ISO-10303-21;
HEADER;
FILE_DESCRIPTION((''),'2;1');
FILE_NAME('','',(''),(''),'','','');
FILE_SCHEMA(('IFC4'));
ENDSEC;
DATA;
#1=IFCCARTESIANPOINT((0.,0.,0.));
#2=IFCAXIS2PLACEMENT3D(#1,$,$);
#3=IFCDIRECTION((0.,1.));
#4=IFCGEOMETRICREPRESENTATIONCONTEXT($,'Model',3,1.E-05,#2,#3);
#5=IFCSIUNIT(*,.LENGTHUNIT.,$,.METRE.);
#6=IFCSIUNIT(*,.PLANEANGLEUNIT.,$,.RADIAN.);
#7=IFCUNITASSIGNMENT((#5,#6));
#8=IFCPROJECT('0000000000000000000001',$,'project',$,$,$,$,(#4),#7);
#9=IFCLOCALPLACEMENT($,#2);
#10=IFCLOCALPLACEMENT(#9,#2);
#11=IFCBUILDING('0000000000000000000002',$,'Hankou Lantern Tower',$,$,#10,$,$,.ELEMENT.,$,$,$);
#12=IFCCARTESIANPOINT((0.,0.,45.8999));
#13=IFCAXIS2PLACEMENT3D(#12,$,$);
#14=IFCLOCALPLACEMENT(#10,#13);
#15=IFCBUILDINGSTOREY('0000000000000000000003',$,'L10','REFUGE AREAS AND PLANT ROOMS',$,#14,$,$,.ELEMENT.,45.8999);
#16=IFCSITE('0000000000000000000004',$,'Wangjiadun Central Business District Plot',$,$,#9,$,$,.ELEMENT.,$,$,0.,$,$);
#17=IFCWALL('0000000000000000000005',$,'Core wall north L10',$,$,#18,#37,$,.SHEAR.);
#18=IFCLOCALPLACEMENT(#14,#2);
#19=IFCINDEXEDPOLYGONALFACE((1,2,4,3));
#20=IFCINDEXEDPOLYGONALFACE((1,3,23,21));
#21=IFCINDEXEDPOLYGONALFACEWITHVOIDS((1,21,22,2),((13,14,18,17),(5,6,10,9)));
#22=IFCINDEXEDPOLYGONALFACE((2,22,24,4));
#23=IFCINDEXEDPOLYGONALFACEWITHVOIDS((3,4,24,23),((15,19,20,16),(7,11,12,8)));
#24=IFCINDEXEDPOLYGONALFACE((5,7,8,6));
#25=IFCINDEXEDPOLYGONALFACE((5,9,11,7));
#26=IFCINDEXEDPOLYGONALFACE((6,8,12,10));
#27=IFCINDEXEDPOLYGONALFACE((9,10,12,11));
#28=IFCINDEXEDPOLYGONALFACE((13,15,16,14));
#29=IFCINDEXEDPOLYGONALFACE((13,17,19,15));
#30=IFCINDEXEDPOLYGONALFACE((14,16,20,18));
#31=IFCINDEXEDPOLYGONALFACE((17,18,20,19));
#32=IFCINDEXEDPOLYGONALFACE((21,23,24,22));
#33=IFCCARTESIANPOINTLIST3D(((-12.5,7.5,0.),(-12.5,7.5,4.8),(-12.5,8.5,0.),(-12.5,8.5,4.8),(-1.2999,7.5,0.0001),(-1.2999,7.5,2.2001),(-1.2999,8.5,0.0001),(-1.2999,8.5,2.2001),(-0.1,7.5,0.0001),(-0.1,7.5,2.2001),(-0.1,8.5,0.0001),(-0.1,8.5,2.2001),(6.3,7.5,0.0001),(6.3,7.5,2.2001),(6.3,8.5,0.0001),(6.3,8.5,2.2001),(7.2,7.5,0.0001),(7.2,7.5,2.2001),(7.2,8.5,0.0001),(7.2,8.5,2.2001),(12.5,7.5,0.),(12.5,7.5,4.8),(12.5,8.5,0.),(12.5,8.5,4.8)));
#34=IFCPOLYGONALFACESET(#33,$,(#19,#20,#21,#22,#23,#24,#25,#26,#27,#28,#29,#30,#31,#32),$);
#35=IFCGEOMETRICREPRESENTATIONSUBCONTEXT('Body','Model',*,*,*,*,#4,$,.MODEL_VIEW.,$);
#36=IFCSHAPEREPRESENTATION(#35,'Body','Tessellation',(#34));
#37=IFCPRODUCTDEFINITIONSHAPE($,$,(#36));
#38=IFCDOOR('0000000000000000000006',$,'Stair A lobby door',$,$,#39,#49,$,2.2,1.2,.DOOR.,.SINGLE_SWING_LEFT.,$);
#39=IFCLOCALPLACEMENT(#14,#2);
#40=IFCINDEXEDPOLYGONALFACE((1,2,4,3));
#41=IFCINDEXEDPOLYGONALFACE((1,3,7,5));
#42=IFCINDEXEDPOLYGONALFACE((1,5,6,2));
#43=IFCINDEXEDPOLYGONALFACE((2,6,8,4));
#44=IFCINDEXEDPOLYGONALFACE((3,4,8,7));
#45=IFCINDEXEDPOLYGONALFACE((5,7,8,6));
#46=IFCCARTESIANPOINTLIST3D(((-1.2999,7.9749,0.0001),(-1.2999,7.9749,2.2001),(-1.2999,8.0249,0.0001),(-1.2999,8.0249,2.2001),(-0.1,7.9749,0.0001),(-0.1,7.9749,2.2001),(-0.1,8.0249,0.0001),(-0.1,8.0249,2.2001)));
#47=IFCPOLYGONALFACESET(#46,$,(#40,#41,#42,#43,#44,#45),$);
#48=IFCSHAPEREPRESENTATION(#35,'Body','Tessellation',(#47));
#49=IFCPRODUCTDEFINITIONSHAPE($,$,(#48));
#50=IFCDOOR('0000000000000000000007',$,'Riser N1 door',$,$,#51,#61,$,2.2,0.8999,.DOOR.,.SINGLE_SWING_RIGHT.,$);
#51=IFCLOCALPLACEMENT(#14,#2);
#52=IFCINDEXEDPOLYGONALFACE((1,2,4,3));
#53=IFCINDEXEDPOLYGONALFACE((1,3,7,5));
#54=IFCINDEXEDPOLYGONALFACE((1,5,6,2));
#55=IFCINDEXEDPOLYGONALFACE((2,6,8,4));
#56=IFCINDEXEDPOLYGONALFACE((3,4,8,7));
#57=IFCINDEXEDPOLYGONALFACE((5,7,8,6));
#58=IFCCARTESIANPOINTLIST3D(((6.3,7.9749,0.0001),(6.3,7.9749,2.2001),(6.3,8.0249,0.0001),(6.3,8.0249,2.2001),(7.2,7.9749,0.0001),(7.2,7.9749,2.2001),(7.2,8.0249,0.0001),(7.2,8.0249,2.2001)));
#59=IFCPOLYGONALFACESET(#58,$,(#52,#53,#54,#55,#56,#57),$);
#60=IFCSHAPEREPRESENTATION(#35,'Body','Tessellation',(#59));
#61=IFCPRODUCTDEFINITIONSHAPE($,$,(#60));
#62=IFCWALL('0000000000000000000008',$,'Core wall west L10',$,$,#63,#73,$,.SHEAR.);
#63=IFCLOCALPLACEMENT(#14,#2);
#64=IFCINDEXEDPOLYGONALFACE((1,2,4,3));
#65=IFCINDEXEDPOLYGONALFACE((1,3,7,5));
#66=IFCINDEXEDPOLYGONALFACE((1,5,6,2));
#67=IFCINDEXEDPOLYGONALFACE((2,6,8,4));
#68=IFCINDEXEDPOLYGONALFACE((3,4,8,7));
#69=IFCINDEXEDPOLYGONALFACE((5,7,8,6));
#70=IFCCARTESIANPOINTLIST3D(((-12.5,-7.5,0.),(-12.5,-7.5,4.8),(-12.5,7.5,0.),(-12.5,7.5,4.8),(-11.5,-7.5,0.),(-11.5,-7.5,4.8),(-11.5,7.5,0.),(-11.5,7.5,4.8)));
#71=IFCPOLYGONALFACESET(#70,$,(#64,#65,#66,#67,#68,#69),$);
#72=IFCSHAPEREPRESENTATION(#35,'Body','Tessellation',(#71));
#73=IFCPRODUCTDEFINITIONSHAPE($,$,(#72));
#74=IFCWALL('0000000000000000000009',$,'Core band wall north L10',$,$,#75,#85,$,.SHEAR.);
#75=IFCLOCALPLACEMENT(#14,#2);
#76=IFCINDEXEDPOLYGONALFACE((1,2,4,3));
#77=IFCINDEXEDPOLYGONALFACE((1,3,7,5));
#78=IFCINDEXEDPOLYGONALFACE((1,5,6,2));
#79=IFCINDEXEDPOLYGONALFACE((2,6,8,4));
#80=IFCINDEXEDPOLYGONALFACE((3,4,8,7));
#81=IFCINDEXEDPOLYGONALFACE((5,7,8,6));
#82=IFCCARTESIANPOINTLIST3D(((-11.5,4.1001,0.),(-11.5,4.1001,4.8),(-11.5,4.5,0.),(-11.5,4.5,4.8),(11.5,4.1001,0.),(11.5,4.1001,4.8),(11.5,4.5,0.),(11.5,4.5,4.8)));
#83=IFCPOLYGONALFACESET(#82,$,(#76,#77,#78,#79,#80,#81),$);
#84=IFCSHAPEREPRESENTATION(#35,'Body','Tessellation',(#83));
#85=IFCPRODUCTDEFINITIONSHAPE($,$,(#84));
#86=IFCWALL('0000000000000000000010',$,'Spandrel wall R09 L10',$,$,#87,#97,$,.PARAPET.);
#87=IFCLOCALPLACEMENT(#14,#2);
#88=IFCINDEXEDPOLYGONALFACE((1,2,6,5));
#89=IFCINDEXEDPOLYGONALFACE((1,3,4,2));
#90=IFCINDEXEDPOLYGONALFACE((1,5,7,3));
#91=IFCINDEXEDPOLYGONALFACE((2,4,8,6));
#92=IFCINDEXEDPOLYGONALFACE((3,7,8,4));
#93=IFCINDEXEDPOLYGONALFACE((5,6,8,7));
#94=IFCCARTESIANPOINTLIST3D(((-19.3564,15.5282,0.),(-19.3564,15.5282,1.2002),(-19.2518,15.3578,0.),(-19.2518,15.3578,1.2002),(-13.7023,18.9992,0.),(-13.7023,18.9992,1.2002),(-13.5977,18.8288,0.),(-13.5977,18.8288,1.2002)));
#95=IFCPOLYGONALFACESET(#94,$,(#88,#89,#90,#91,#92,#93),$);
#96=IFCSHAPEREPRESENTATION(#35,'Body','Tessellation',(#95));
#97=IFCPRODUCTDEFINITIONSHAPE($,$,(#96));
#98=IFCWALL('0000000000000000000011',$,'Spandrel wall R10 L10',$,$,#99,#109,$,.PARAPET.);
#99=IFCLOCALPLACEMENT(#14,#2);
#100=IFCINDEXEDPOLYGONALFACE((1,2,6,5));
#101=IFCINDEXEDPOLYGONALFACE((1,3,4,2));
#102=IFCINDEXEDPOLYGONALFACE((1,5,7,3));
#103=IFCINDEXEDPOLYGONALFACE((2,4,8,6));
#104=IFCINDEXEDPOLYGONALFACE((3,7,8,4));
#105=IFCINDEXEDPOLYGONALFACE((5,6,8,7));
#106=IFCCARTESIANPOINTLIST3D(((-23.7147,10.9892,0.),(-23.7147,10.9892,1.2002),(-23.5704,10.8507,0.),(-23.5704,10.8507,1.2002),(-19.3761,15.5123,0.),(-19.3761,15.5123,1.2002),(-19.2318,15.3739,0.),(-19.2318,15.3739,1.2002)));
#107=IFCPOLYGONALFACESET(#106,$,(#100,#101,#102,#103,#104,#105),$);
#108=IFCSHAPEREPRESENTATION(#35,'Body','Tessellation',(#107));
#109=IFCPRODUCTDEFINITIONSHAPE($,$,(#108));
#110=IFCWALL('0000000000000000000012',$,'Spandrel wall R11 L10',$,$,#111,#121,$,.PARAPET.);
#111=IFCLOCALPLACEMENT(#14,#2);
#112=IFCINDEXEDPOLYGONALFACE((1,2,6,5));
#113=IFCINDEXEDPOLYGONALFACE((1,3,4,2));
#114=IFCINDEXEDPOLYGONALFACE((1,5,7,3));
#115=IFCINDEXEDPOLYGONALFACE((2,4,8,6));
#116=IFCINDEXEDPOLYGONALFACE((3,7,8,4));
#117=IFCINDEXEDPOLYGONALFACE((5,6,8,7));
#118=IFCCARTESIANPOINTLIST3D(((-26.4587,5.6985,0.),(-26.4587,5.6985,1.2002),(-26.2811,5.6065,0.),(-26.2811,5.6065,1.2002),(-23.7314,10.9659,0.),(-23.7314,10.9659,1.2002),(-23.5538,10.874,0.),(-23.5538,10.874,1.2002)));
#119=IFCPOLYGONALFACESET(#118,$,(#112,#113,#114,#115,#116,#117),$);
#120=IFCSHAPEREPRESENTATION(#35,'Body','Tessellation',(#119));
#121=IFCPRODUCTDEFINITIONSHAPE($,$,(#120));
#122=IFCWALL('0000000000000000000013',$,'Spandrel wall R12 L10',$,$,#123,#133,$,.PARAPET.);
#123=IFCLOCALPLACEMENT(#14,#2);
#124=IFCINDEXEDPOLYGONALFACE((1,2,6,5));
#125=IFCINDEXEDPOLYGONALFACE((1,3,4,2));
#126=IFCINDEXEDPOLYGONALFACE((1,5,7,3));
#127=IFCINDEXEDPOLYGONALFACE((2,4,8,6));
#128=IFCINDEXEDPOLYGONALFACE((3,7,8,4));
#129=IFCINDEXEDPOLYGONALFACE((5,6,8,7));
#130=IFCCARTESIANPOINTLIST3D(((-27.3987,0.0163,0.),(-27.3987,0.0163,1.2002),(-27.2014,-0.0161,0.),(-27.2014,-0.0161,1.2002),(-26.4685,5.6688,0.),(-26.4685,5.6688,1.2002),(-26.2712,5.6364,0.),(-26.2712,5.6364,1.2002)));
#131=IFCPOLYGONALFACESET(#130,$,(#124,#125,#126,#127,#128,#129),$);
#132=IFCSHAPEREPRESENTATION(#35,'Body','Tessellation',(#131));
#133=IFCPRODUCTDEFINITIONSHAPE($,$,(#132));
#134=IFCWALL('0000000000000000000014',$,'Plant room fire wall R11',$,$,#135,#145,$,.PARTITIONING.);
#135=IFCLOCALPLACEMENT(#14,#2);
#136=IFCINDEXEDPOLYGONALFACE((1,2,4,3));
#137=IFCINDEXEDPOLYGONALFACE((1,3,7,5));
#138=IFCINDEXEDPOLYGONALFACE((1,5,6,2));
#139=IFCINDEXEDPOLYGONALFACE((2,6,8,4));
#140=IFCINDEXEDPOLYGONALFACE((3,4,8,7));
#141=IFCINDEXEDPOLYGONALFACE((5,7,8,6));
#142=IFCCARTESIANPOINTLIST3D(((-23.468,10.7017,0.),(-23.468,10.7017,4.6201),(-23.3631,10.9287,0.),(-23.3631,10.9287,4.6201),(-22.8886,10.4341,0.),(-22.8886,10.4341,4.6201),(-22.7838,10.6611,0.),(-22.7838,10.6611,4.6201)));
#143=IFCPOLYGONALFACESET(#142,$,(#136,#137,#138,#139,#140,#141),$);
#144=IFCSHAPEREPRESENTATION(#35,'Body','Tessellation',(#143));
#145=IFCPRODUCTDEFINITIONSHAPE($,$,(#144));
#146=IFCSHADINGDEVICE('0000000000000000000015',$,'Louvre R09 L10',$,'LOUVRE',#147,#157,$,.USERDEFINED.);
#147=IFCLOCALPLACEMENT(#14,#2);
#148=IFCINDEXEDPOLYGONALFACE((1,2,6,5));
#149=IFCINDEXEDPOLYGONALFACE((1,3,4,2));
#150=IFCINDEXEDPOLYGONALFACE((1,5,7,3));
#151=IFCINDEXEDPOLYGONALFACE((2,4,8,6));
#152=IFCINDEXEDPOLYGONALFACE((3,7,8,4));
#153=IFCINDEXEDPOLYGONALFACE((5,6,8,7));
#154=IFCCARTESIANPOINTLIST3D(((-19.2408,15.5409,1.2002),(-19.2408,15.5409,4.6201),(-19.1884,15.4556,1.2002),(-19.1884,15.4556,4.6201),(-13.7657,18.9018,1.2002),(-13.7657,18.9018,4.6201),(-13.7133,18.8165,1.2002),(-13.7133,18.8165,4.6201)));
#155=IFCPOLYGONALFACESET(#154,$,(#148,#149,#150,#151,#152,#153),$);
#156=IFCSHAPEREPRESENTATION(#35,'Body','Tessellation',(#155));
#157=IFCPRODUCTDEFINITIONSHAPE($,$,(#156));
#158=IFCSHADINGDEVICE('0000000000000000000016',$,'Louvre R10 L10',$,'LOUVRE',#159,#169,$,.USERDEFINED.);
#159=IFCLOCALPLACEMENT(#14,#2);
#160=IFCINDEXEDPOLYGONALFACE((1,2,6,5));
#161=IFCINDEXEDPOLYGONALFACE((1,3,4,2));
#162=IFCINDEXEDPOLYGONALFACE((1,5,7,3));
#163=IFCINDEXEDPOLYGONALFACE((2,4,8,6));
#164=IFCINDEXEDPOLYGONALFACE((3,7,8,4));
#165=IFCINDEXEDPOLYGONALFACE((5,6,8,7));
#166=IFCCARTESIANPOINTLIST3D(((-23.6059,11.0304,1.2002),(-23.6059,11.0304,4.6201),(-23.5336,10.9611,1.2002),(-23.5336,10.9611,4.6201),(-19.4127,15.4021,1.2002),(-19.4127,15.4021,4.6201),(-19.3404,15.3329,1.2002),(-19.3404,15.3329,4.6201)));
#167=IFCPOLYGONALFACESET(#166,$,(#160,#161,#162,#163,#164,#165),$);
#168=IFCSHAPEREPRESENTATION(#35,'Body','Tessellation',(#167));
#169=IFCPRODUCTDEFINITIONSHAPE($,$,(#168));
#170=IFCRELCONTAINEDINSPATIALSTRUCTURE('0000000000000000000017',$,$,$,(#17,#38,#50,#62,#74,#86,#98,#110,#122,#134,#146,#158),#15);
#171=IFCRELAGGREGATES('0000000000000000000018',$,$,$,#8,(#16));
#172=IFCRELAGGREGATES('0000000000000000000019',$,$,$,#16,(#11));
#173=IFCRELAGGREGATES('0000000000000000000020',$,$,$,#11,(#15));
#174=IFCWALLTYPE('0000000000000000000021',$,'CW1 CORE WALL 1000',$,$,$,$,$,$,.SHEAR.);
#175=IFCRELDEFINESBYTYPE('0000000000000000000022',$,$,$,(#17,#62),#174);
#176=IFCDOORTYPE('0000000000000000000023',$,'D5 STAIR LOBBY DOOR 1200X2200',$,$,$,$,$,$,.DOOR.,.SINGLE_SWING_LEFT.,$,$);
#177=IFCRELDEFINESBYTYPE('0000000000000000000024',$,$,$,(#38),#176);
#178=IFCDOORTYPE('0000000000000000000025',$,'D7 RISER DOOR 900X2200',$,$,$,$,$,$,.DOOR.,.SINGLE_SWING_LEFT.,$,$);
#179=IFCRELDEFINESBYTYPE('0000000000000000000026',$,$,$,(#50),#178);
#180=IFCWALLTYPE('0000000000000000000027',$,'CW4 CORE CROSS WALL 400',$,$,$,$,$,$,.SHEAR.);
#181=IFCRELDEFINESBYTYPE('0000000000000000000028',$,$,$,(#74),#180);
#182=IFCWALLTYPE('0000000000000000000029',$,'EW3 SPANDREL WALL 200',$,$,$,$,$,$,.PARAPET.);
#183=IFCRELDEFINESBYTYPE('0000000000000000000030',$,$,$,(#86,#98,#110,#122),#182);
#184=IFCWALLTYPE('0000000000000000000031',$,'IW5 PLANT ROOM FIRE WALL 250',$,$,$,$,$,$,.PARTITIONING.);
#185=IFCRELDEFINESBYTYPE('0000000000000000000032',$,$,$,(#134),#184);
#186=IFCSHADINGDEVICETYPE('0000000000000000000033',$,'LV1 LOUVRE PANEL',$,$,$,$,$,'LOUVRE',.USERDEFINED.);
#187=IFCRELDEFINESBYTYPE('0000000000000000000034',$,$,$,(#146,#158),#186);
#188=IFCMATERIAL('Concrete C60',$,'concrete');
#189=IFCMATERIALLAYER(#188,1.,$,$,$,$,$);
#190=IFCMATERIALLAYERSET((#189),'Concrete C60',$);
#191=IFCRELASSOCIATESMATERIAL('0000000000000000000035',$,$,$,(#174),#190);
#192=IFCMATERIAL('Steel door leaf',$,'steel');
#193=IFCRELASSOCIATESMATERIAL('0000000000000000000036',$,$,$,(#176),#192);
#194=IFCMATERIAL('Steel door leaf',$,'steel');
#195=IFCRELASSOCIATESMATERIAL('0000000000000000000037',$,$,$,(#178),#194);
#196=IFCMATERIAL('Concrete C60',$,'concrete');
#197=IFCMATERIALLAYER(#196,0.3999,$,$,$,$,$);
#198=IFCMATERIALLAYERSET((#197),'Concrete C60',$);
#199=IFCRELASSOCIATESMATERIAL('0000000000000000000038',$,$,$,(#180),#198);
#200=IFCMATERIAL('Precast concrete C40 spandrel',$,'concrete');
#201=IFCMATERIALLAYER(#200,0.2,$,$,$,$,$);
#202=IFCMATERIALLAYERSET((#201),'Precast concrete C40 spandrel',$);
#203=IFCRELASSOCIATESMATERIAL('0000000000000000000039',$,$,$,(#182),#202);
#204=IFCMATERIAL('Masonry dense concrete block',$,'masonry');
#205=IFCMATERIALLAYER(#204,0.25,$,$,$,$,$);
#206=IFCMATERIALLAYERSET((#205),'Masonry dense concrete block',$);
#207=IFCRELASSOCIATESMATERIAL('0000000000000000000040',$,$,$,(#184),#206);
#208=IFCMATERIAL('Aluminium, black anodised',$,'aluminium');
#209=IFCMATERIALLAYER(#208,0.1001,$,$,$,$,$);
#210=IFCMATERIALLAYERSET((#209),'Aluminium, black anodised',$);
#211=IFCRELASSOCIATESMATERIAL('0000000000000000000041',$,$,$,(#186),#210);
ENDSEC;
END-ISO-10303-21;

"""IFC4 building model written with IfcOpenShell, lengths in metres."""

from ifc_helpers import new_model, si_unit, direction, frame, frame_2d, origin, origin_2d, place, context, subcontext, project, spatial, rectangle, extrude, material, layer, layer_set, type_object, element, fill, save


model = new_model("IFC4")

# Units and contexts
model_context = context("Model", 3, precision=1e-05, world=origin(), true_north=direction((0.0, 1.0)))
body_context = subcontext(model_context, "Body", "Model", "MODEL_VIEW")
ifc_project = project(units=[si_unit("LENGTHUNIT", "METRE"), si_unit("PLANEANGLEUNIT", "RADIAN")], contexts=[model_context])

# Site, building, storey
site_placement = place(None, origin())
site = spatial("IfcSite", under=ifc_project, at=site_placement, Name="Wangjiadun Central Business District Plot", CompositionType="ELEMENT", RefElevation=0.0)
building_placement = place(site_placement, origin())
building = spatial("IfcBuilding", under=site, at=building_placement, Name="Hankou Lantern Tower", CompositionType="ELEMENT")
storey_placement = place(building_placement, frame((0.0, 0.0, 45.8999)))
storey = spatial("IfcBuildingStorey", under=building, at=storey_placement, Name="L10", Description="REFUGE AREAS AND PLANT ROOMS", CompositionType="ELEMENT", Elevation=45.8999)

# Wall, openings, doors
ifc_material_1 = material(Name="Concrete C60", Category="concrete")
ifc_layer_1 = layer(ifc_material_1, 1.0)
ifc_layer_set_1 = layer_set([ifc_layer_1], Name="Concrete C60")
wall_type_1 = type_object("IfcWallType", Name="CW1 CORE WALL 1000", PredefinedType="SHEAR", material=ifc_layer_set_1)
wall_1_placement = place(storey_placement, frame((-12.5, 8.0, 0.0), z_axis=(0.0, 0.0, 1.0), x_axis=(1.0, 0.0, 0.0)))
wall_1 = element("IfcWall", 1, at=wall_1_placement, inside=storey, type_object=wall_type_1, Name="Core wall north L10", PredefinedType="SHEAR", context=body_context, shape_type="SweptSolid", body=[
    extrude(rectangle(XDim=25.0, YDim=1.0, at=frame_2d((12.5, 0.0))), origin(), (0.0, 0.0, 1.0), 4.8),
])
opening_1_placement = place(wall_1_placement, frame((11.2, 0.0, 0.0)))
opening_1 = element("IfcOpeningElement", 2, at=opening_1_placement, cuts=wall_1, PredefinedType="OPENING", context=body_context, shape_type="SweptSolid", body=[
    extrude(rectangle(XDim=1.2, YDim=2.2, at=frame_2d((0.6001, 1.1001))), frame((0.0, 0.51, 0.0), z_axis=(0.0, -1.0, 0.0), x_axis=(1.0, 0.0, 0.0)), (0.0, 0.0, 1.0), 1.02),
])
opening_2_placement = place(wall_1_placement, frame((18.8, 0.0, 0.0)))
opening_2 = element("IfcOpeningElement", 3, at=opening_2_placement, cuts=wall_1, PredefinedType="OPENING", context=body_context, shape_type="SweptSolid", body=[
    extrude(rectangle(XDim=0.8999, YDim=2.2, at=frame_2d((0.45, 1.1001))), frame((0.0, 0.51, 0.0), z_axis=(0.0, -1.0, 0.0), x_axis=(1.0, 0.0, 0.0)), (0.0, 0.0, 1.0), 1.02),
])
ifc_material_2 = material(Name="Steel door leaf", Category="steel")
door_type_1 = type_object("IfcDoorType", Name="D5 STAIR LOBBY DOOR 1200X2200", OperationType="SINGLE_SWING_LEFT", PredefinedType="DOOR", material=ifc_material_2)
door_1_placement = place(opening_1_placement, origin())
door_1 = element("IfcDoor", 4, at=door_1_placement, inside=storey, type_object=door_type_1, Name="Stair A lobby door", OperationType="SINGLE_SWING_LEFT", OverallHeight=2.2, OverallWidth=1.2, PredefinedType="DOOR", context=body_context, shape_type="SweptSolid", body=[
    extrude(rectangle(XDim=1.2, YDim=2.2, at=frame_2d((0.6001, 1.1001))), frame((0.0, 0.0249, 0.0), z_axis=(0.0, -1.0, 0.0), x_axis=(1.0, 0.0, 0.0)), (0.0, 0.0, 1.0), 0.05),
])
fill(opening_1, door_1)
ifc_material_3 = material(Name="Steel door leaf", Category="steel")
door_type_2 = type_object("IfcDoorType", Name="D7 RISER DOOR 900X2200", OperationType="SINGLE_SWING_LEFT", PredefinedType="DOOR", material=ifc_material_3)
door_2_placement = place(opening_2_placement, origin())
door_2 = element("IfcDoor", 5, at=door_2_placement, inside=storey, type_object=door_type_2, Name="Riser N1 door", OperationType="SINGLE_SWING_RIGHT", OverallHeight=2.2, OverallWidth=0.8999, PredefinedType="DOOR", context=body_context, shape_type="SweptSolid", body=[
    extrude(rectangle(XDim=0.8999, YDim=2.2, at=frame_2d((0.45, 1.1001))), frame((0.0, 0.0249, 0.0), z_axis=(0.0, -1.0, 0.0), x_axis=(1.0, 0.0, 0.0)), (0.0, 0.0, 1.0), 0.05),
])
fill(opening_2, door_2)

# Walls
wall_2_placement = place(storey_placement, frame((-12.0, 7.5, 0.0), z_axis=(0.0, 0.0, 1.0), x_axis=(0.0, -1.0, 0.0)))
element("IfcWall", 6, at=wall_2_placement, inside=storey, type_object=wall_type_1, Name="Core wall west L10", PredefinedType="SHEAR", context=body_context, shape_type="SweptSolid", body=[
    extrude(rectangle(XDim=15.0, YDim=1.0, at=frame_2d((7.5, 0.0))), origin(), (0.0, 0.0, 1.0), 4.8),
])
ifc_material_4 = material(Name="Concrete C60", Category="concrete")
ifc_layer_2 = layer(ifc_material_4, 0.3999)
ifc_layer_set_2 = layer_set([ifc_layer_2], Name="Concrete C60")
wall_type_2 = type_object("IfcWallType", Name="CW4 CORE CROSS WALL 400", PredefinedType="SHEAR", material=ifc_layer_set_2)
wall_3_placement = place(storey_placement, frame((-11.5, 4.3, 0.0), z_axis=(0.0, 0.0, 1.0), x_axis=(1.0, 0.0, 0.0)))
element("IfcWall", 7, at=wall_3_placement, inside=storey, type_object=wall_type_2, Name="Core band wall north L10", PredefinedType="SHEAR", context=body_context, shape_type="SweptSolid", body=[
    extrude(rectangle(XDim=23.0, YDim=0.3999, at=frame_2d((11.5, 0.0))), origin(), (0.0, 0.0, 1.0), 4.8),
])
ifc_material_5 = material(Name="Precast concrete C40 spandrel", Category="concrete")
ifc_layer_3 = layer(ifc_material_5, 0.2)
ifc_layer_set_3 = layer_set([ifc_layer_3], Name="Precast concrete C40 spandrel")
wall_type_3 = type_object("IfcWallType", Name="EW3 SPANDREL WALL 200", PredefinedType="PARAPET", material=ifc_layer_set_3)
wall_4_placement = place(storey_placement, frame((-13.6499, 18.9141, 0.0), z_axis=(0.0, 0.0, 1.0), x_axis=(-0.852228, -0.523171, 0.0)))
element("IfcWall", 8, at=wall_4_placement, inside=storey, type_object=wall_type_3, Name="Spandrel wall R09 L10", PredefinedType="PARAPET", context=body_context, shape_type="SweptSolid", body=[
    extrude(rectangle(XDim=6.6345, YDim=0.2, at=frame_2d((3.3174, 0.0))), origin(), (0.0, 0.0, 1.0), 1.2002),
])
wall_5_placement = place(storey_placement, frame((-19.304, 15.4431, 0.0), z_axis=(0.0, 0.0, 1.0), x_axis=(-0.692229, -0.721678, 0.0)))
element("IfcWall", 9, at=wall_5_placement, inside=storey, type_object=wall_type_3, Name="Spandrel wall R10 L10", PredefinedType="PARAPET", context=body_context, shape_type="SweptSolid", body=[
    extrude(rectangle(XDim=6.2676, YDim=0.2, at=frame_2d((3.1338, 0.0))), origin(), (0.0, 0.0, 1.0), 1.2002),
])
wall_6_placement = place(storey_placement, frame((-23.6426, 10.9199, 0.0), z_axis=(0.0, 0.0, 1.0), x_axis=(-0.459797, -0.888024, 0.0)))
element("IfcWall", 10, at=wall_6_placement, inside=storey, type_object=wall_type_3, Name="Spandrel wall R11 L10", PredefinedType="PARAPET", context=body_context, shape_type="SweptSolid", body=[
    extrude(rectangle(XDim=5.9316, YDim=0.2, at=frame_2d((2.9658, 0.0))), origin(), (0.0, 0.0, 1.0), 1.2002),
])
wall_7_placement = place(storey_placement, frame((-26.3699, 5.6526, 0.0), z_axis=(0.0, 0.0, 1.0), x_axis=(-0.162374, -0.986729, 0.0)))
element("IfcWall", 11, at=wall_7_placement, inside=storey, type_object=wall_type_3, Name="Spandrel wall R12 L10", PredefinedType="PARAPET", context=body_context, shape_type="SweptSolid", body=[
    extrude(rectangle(XDim=5.7285, YDim=0.2, at=frame_2d((2.8643, 0.0))), origin(), (0.0, 0.0, 1.0), 1.2002),
])

# Shared definitions
ifc_material_6 = material(Name="Masonry dense concrete block", Category="masonry")
ifc_layer_4 = layer(ifc_material_6, 0.25)
ifc_layer_set_4 = layer_set([ifc_layer_4], Name="Masonry dense concrete block")
wall_type_4 = type_object("IfcWallType", Name="IW5 PLANT ROOM FIRE WALL 250", PredefinedType="PARTITIONING", material=ifc_layer_set_4)

# Wall
wall_8_placement = place(storey_placement, frame((-22.8362, 10.5476, 0.0), z_axis=(0.0, 0.0, 1.0), x_axis=(-0.907847, 0.419301, 0.0)))
element("IfcWall", 12, at=wall_8_placement, inside=storey, type_object=wall_type_4, Name="Plant room fire wall R11", PredefinedType="PARTITIONING", context=body_context, shape_type="SweptSolid", body=[
    extrude(rectangle(XDim=0.6382, YDim=0.25, at=frame_2d((0.3191, 0.0))), origin(), (0.0, 0.0, 1.0), 4.6201),
])

# Shading devices
ifc_material_7 = material(Name="Aluminium, black anodised", Category="aluminium")
ifc_layer_5 = layer(ifc_material_7, 0.1001)
ifc_layer_set_5 = layer_set([ifc_layer_5], Name="Aluminium, black anodised")
shading_device_type = type_object("IfcShadingDeviceType", Name="LV1 LOUVRE PANEL", ElementType="LOUVRE", PredefinedType="USERDEFINED", material=ifc_layer_set_5)
shading_device_1_placement = place(storey_placement, frame((-16.4771, 17.1787, 1.2002), z_axis=(0.0, 0.0, 1.0), x_axis=(-0.852237, -0.523156, 0.0)))
element("IfcShadingDevice", 13, at=shading_device_1_placement, inside=storey, type_object=shading_device_type, Name="Louvre R09 L10", ObjectType="LOUVRE", PredefinedType="USERDEFINED", context=body_context, shape_type="SweptSolid", body=[
    extrude(rectangle(XDim=6.4243, YDim=0.1001, at=origin_2d()), origin(), (0.0, 0.0, 1.0), 3.4199),
])
shading_device_2_placement = place(storey_placement, frame((-21.4731, 13.1816, 1.2002), z_axis=(0.0, 0.0, 1.0), x_axis=(-0.692216, -0.721691, 0.0)))
element("IfcShadingDevice", 14, at=shading_device_2_placement, inside=storey, type_object=shading_device_type, Name="Louvre R10 L10", ObjectType="LOUVRE", PredefinedType="USERDEFINED", context=body_context, shape_type="SweptSolid", body=[
    extrude(rectangle(XDim=6.0576, YDim=0.1001, at=origin_2d()), origin(), (0.0, 0.0, 1.0), 3.4199),
])

save(model, "model.ifc")
